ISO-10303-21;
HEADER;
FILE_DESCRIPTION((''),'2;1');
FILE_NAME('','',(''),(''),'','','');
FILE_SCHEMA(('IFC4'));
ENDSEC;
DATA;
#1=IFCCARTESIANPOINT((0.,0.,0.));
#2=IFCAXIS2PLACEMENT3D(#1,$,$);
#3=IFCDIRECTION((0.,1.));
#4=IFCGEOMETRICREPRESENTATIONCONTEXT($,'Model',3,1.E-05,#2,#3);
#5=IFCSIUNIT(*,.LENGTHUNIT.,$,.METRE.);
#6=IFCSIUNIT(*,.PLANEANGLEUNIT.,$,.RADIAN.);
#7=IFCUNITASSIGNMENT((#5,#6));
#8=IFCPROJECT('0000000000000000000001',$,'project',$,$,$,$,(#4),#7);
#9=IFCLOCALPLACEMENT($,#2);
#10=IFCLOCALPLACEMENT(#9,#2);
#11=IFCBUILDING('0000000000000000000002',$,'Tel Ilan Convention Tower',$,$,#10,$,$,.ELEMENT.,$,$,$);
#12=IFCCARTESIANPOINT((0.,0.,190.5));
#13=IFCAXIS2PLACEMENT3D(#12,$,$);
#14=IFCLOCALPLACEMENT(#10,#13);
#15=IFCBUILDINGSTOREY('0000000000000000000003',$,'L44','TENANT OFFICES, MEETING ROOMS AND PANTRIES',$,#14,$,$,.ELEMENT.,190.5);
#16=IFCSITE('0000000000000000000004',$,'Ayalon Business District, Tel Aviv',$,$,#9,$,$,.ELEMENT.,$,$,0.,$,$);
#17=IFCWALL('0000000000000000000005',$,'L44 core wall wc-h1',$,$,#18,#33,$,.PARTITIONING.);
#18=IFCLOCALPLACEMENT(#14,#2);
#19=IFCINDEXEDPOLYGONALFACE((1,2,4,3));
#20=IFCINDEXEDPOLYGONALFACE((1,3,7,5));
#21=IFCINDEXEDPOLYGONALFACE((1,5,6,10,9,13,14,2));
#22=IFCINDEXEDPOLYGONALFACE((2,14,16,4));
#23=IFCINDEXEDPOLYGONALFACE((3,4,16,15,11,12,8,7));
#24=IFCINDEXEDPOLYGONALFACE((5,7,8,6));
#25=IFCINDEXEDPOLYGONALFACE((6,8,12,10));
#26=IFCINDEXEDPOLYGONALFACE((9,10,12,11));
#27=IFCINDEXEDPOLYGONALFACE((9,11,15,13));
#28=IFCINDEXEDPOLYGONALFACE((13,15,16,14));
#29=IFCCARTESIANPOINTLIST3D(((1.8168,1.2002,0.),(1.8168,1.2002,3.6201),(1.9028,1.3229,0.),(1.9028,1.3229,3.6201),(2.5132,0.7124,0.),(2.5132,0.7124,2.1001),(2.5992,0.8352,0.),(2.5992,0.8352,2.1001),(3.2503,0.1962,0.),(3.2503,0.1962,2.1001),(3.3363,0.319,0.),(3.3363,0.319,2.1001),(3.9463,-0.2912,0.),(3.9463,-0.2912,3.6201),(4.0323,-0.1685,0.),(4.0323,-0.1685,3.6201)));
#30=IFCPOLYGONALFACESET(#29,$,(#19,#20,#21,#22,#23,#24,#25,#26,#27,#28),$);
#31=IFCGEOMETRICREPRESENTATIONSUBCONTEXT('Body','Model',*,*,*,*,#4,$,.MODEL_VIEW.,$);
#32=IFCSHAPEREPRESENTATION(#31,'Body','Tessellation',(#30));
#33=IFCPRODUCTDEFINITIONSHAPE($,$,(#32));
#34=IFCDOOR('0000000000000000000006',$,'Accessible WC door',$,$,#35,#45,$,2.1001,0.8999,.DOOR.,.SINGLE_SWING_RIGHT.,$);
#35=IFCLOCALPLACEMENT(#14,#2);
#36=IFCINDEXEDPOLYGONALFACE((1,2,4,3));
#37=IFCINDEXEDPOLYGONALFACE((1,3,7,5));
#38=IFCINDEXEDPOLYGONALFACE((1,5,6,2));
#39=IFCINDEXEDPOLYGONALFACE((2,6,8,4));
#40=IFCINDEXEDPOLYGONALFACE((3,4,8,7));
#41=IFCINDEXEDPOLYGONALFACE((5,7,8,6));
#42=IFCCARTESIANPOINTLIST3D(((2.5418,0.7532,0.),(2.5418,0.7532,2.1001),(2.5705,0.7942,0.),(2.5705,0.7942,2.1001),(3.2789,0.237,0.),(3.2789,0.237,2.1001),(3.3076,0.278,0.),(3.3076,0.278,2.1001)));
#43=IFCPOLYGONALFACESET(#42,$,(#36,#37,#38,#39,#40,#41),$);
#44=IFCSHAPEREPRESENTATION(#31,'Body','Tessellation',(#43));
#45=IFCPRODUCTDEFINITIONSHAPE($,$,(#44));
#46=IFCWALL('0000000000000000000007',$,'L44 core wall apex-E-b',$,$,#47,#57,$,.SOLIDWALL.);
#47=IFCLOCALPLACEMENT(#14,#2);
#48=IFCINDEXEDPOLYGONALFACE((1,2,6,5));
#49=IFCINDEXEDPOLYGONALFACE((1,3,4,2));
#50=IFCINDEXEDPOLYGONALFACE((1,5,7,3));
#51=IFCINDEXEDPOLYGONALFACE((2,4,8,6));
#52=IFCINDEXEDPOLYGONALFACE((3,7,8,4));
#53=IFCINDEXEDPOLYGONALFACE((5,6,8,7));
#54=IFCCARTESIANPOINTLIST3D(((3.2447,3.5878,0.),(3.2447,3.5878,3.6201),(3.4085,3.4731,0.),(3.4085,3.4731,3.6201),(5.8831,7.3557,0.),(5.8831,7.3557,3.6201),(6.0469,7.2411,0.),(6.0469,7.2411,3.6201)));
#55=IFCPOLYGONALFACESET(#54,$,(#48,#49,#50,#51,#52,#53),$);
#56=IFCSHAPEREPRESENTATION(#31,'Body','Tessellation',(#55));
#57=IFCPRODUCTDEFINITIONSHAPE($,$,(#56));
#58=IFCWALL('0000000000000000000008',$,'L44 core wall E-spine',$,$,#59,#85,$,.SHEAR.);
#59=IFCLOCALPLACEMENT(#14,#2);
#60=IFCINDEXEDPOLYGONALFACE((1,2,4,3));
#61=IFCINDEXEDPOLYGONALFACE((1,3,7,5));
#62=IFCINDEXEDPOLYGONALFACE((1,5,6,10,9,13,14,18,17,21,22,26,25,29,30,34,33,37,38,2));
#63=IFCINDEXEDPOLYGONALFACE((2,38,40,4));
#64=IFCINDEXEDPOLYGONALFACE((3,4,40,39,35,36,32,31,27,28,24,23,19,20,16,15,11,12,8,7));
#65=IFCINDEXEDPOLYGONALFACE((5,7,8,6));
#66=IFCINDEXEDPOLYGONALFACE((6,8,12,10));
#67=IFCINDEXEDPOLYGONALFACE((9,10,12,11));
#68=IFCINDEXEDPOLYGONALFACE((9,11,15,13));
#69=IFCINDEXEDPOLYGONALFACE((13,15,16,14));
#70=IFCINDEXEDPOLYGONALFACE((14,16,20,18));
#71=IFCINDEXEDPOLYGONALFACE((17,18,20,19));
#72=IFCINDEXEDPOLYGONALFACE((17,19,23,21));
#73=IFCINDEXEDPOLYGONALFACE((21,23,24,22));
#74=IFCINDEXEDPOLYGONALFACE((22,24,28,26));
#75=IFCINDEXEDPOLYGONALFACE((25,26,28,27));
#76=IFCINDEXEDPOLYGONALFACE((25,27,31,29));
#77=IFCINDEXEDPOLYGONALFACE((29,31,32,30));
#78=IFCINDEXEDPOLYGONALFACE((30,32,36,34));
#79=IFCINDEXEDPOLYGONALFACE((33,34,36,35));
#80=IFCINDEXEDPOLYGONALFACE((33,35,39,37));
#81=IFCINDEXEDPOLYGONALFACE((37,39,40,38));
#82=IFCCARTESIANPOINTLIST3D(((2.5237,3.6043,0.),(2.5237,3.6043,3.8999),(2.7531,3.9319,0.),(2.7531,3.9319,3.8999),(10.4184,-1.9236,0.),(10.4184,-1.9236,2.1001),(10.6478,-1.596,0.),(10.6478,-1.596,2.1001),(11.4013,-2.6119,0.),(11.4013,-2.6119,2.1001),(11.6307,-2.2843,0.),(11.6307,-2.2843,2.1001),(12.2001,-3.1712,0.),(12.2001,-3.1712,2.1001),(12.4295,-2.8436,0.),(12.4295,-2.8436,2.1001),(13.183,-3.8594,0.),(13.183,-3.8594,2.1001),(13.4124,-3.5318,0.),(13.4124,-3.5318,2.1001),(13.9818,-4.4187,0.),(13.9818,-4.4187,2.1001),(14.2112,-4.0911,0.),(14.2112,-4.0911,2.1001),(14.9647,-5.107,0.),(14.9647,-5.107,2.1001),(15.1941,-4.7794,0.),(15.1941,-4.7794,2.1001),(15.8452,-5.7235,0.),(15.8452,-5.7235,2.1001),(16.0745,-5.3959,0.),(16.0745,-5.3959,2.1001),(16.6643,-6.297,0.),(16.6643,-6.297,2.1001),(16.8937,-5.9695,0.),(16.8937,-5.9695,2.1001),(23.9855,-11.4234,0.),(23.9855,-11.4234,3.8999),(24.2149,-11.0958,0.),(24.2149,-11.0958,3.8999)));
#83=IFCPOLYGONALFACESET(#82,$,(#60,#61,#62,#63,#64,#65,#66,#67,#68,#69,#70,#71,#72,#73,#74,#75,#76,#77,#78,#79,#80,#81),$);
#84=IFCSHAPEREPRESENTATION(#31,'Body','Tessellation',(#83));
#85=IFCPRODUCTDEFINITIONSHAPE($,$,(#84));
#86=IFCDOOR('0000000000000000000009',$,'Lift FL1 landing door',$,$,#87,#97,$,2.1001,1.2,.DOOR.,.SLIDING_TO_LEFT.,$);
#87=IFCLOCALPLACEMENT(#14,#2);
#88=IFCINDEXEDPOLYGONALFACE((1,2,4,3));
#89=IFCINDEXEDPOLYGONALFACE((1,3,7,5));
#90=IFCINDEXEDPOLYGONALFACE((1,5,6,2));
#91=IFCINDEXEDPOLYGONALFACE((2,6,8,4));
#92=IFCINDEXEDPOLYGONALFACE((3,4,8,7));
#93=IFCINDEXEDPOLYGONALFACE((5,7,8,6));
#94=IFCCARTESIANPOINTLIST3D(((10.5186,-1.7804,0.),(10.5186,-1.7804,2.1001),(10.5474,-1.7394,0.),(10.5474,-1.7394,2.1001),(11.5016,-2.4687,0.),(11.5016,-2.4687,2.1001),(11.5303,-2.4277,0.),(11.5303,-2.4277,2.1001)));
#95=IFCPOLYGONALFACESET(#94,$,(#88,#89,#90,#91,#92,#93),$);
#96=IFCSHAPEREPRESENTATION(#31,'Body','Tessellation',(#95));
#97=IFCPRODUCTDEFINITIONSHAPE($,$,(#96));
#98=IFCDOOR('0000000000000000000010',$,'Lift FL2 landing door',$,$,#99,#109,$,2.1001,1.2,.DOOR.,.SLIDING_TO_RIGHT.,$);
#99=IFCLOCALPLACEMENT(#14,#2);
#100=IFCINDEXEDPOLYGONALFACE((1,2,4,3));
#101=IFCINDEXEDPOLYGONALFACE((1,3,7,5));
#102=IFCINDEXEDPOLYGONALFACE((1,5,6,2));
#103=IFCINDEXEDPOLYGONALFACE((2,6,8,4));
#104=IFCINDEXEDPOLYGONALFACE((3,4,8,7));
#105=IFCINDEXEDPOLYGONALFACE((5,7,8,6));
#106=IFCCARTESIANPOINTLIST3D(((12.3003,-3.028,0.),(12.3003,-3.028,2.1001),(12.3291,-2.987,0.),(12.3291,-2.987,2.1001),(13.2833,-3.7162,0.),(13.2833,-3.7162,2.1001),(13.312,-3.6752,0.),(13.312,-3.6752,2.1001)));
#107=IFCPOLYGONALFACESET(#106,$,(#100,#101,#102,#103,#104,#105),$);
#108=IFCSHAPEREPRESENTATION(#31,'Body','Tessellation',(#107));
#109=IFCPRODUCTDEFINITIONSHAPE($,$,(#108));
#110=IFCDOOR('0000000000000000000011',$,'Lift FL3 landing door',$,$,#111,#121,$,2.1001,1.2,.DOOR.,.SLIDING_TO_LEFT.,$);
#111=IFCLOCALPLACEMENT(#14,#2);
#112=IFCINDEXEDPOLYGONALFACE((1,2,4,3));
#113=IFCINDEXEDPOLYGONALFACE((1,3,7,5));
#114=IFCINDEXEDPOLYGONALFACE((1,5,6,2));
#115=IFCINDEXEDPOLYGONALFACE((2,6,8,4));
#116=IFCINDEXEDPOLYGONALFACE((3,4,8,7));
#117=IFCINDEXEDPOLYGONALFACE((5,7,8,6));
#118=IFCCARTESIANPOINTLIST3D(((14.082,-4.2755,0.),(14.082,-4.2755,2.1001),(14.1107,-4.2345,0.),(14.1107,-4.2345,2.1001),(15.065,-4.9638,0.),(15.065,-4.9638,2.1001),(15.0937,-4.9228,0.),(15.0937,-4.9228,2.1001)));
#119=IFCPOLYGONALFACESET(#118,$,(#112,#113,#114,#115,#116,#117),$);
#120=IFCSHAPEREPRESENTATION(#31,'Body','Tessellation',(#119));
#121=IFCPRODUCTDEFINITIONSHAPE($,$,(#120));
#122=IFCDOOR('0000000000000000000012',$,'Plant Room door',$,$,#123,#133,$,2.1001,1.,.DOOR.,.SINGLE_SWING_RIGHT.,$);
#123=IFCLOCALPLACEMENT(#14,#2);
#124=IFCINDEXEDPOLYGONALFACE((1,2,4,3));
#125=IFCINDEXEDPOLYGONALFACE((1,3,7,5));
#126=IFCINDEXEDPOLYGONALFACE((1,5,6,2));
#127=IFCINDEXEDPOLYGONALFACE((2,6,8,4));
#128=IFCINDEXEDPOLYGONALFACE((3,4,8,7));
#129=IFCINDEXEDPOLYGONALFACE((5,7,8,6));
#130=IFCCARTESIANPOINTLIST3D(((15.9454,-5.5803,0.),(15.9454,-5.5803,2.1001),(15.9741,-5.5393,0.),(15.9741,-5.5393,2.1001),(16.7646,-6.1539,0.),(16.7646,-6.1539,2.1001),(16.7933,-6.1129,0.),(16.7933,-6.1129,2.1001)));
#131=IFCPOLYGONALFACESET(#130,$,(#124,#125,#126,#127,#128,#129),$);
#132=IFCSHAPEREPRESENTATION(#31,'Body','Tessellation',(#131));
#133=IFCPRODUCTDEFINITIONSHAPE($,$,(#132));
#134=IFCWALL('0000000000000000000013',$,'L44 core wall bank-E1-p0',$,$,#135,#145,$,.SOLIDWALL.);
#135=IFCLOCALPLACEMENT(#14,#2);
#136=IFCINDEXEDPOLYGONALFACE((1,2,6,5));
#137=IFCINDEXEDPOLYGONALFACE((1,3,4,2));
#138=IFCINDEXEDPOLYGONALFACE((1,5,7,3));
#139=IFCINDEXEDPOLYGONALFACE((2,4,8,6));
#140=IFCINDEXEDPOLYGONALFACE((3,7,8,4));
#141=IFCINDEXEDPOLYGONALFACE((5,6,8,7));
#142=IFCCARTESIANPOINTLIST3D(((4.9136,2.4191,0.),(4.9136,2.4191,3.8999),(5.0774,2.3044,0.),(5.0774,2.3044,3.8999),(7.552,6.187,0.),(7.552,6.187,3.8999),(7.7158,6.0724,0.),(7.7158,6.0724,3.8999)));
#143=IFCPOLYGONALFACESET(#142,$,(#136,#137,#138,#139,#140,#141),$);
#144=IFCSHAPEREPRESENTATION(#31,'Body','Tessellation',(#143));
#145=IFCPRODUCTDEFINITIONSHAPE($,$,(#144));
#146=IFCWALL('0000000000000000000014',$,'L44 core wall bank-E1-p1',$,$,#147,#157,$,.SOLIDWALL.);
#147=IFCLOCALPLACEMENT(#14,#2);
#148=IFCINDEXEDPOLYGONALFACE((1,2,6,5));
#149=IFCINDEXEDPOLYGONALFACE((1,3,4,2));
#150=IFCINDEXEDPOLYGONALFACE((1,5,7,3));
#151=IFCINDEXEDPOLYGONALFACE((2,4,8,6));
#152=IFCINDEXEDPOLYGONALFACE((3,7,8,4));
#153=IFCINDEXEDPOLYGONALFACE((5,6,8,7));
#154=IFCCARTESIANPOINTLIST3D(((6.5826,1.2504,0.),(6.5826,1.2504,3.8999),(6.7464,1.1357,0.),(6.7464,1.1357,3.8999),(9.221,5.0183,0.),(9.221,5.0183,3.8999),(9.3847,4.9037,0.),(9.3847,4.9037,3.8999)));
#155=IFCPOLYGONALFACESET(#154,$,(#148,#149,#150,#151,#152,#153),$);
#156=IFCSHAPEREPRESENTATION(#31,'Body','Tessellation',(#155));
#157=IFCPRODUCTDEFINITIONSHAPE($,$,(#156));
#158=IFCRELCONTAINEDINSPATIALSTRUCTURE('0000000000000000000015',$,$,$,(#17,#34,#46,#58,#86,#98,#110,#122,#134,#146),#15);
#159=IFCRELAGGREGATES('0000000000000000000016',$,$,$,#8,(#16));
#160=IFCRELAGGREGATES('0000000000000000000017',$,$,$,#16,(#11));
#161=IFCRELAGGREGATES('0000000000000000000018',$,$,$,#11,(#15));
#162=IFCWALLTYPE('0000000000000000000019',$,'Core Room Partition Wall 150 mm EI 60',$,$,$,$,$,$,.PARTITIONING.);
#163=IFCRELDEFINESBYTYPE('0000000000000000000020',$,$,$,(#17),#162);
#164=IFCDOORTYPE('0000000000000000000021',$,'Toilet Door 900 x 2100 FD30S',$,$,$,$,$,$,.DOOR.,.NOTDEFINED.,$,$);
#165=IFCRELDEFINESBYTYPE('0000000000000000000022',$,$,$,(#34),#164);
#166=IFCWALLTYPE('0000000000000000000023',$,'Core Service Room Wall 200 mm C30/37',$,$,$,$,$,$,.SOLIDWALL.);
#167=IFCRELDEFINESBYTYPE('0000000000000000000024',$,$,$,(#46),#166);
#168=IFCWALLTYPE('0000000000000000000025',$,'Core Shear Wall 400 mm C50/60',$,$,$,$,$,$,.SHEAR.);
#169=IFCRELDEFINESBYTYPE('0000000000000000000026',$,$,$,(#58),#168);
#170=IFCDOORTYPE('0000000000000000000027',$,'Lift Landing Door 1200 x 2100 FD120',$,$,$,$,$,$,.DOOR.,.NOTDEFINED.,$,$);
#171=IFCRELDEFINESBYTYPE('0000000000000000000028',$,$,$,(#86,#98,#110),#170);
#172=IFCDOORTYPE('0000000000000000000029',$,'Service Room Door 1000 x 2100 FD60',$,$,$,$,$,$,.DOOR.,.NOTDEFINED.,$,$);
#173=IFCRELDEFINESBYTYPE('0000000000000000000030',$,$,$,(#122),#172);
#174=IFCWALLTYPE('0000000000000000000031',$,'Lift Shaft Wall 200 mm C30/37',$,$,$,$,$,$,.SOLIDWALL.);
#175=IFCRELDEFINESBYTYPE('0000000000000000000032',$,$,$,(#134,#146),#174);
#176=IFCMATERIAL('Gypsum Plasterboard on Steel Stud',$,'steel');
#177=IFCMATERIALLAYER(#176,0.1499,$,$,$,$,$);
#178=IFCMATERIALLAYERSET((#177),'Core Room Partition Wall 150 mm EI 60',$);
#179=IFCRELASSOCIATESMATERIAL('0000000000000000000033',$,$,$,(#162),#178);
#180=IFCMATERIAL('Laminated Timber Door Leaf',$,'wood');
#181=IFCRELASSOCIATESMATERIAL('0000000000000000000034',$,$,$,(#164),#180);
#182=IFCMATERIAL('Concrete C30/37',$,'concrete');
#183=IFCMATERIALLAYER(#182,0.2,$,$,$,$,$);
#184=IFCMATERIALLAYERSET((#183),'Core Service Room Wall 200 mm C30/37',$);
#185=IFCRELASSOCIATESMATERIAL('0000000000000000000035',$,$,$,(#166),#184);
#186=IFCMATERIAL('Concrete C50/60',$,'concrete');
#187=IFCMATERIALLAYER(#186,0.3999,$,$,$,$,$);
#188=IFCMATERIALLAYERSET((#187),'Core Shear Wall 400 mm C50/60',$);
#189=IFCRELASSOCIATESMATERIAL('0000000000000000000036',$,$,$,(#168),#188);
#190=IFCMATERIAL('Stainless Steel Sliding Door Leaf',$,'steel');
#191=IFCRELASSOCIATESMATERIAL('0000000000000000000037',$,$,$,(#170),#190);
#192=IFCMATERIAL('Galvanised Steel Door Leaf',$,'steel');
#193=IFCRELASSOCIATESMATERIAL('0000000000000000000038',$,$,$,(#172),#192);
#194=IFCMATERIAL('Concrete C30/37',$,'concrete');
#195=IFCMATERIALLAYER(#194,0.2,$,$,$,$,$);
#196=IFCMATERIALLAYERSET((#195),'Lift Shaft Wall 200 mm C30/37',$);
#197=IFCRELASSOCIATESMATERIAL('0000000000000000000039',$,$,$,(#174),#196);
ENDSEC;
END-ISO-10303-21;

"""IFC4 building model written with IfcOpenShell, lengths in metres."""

from ifc_helpers import new_model, si_unit, direction, frame, frame_2d, origin, place, context, subcontext, project, spatial, polyline, rectangle, outline, extrude, material, layer, layer_set, type_object, element, fill, save


model = new_model("IFC4")

# Units and contexts
model_context = context("Model", 3, precision=1e-05, world=origin(), true_north=direction((0.0, 1.0)))
body_context = subcontext(model_context, "Body", "Model", "MODEL_VIEW")
ifc_project = project(units=[si_unit("LENGTHUNIT", "METRE"), si_unit("PLANEANGLEUNIT", "RADIAN")], contexts=[model_context])

# Site, building, storey
site_placement = place(None, origin())
site = spatial("IfcSite", under=ifc_project, at=site_placement, Name="Ayalon Business District, Tel Aviv", CompositionType="ELEMENT", RefElevation=0.0)
building_placement = place(site_placement, origin())
building = spatial("IfcBuilding", under=site, at=building_placement, Name="Tel Ilan Convention Tower", CompositionType="ELEMENT")
storey_placement = place(building_placement, frame((0.0, 0.0, 190.5)))
storey = spatial("IfcBuildingStorey", under=building, at=storey_placement, Name="L44", Description="TENANT OFFICES, MEETING ROOMS AND PANTRIES", CompositionType="ELEMENT", Elevation=190.5)

# Wall, opening, door
ifc_material_1 = material(Name="Gypsum Plasterboard on Steel Stud", Category="steel")
ifc_layer_1 = layer(ifc_material_1, 0.1499)
ifc_layer_set_1 = layer_set([ifc_layer_1], Name="Core Room Partition Wall 150 mm EI 60")
wall_type_1 = type_object("IfcWallType", Name="Core Room Partition Wall 150 mm EI 60", PredefinedType="PARTITIONING", material=ifc_layer_set_1)
wall_1_placement = place(storey_placement, frame((1.8599, 1.2615, 0.0), z_axis=(0.0, 0.0, 1.0), x_axis=(0.819104, -0.573645, 0.0)))
wall_1 = element("IfcWall", 1, at=wall_1_placement, inside=storey, type_object=wall_type_1, Name="L44 core wall wc-h1", PredefinedType="PARTITIONING", context=body_context, shape_type="SweptSolid", body=[
    extrude(rectangle(XDim=2.5999, YDim=0.1499, at=frame_2d((1.2998, 0.0))), origin(), (0.0, 0.0, 1.0), 3.6201),
])
opening_1_placement = place(wall_1_placement, frame((0.8501, 0.0, 0.0)))
opening_1 = element("IfcOpeningElement", 2, at=opening_1_placement, cuts=wall_1, PredefinedType="OPENING", context=body_context, shape_type="SweptSolid", body=[
    extrude(rectangle(XDim=0.8999, YDim=2.1001, at=frame_2d((0.45, 1.05))), frame((0.0, 0.085, 0.0), z_axis=(0.0, -1.0, 0.0), x_axis=(1.0, 0.0, 0.0)), (0.0, 0.0, 1.0), 0.1699),
])
ifc_material_2 = material(Name="Laminated Timber Door Leaf", Category="wood")
door_type_1 = type_object("IfcDoorType", Name="Toilet Door 900 x 2100 FD30S", OperationType="NOTDEFINED", PredefinedType="DOOR", material=ifc_material_2)
door_1_placement = place(opening_1_placement, origin())
door_1 = element("IfcDoor", 3, at=door_1_placement, inside=storey, type_object=door_type_1, Name="Accessible WC door", OperationType="SINGLE_SWING_RIGHT", OverallHeight=2.1001, OverallWidth=0.8999, PredefinedType="DOOR", context=body_context, shape_type="SweptSolid", body=[
    extrude(rectangle(XDim=0.8999, YDim=2.1001, at=frame_2d((0.45, 1.05))), frame((0.0, 0.0249, 0.0), z_axis=(0.0, -1.0, 0.0), x_axis=(1.0, 0.0, 0.0)), (0.0, 0.0, 1.0), 0.05),
])
fill(opening_1, door_1)

# Wall
ifc_material_3 = material(Name="Concrete C30/37", Category="concrete")
ifc_layer_2 = layer(ifc_material_3, 0.2)
ifc_layer_set_2 = layer_set([ifc_layer_2], Name="Core Service Room Wall 200 mm C30/37")
wall_type_2 = type_object("IfcWallType", Name="Core Service Room Wall 200 mm C30/37", PredefinedType="SOLIDWALL", material=ifc_layer_set_2)
wall_2_placement = place(storey_placement, frame((3.3267, 3.5305, 0.0), z_axis=(0.0, 0.0, 1.0), x_axis=(0.573576, 0.819152, 0.0)))
element("IfcWall", 4, at=wall_2_placement, inside=storey, type_object=wall_type_2, Name="L44 core wall apex-E-b", PredefinedType="SOLIDWALL", context=body_context, shape_type="SweptSolid", body=[
    extrude(rectangle(XDim=4.5999, YDim=0.2, at=frame_2d((2.2998, 0.0))), origin(), (0.0, 0.0, 1.0), 3.6201),
])

# Wall, openings, doors
ifc_material_4 = material(Name="Concrete C50/60", Category="concrete")
ifc_layer_3 = layer(ifc_material_4, 0.3999)
ifc_layer_set_3 = layer_set([ifc_layer_3], Name="Core Shear Wall 400 mm C50/60")
wall_type_3 = type_object("IfcWallType", Name="Core Shear Wall 400 mm C50/60", PredefinedType="SHEAR", material=ifc_layer_set_3)
wall_3_placement = place(storey_placement, frame((2.6384, 3.7681, 0.0), z_axis=(0.0, 0.0, 1.0), x_axis=(0.819153, -0.573576, 0.0)))
wall_3 = element("IfcWall", 5, at=wall_3_placement, inside=storey, type_object=wall_type_3, Name="L44 core wall E-spine", PredefinedType="SHEAR", context=body_context, shape_type="SweptSolid", body=[
    extrude(outline(polyline([(0.0, 0.2), (0.0, -0.2), (26.2, -0.2), (26.2, 0.2), (0.0, 0.2)])), origin(), (0.0, 0.0, 1.0), 3.8999),
])
opening_2_placement = place(wall_3_placement, frame((9.6375, 0.0, 0.0)))
opening_2 = element("IfcOpeningElement", 6, at=opening_2_placement, cuts=wall_3, PredefinedType="OPENING", context=body_context, shape_type="SweptSolid", body=[
    extrude(rectangle(XDim=1.2, YDim=2.1001, at=frame_2d((0.6001, 1.05))), frame((0.0, 0.21, 0.0), z_axis=(0.0, -1.0, 0.0), x_axis=(1.0, 0.0, 0.0)), (0.0, 0.0, 1.0), 0.4199),
])
opening_3_placement = place(wall_3_placement, frame((11.8125, 0.0, 0.0)))
opening_3 = element("IfcOpeningElement", 7, at=opening_3_placement, cuts=wall_3, PredefinedType="OPENING", context=body_context, shape_type="SweptSolid", body=[
    extrude(rectangle(XDim=1.2, YDim=2.1001, at=frame_2d((0.6001, 1.05))), frame((0.0, 0.21, 0.0), z_axis=(0.0, -1.0, 0.0), x_axis=(1.0, 0.0, 0.0)), (0.0, 0.0, 1.0), 0.4199),
])
opening_4_placement = place(wall_3_placement, frame((13.9875, 0.0, 0.0)))
opening_4 = element("IfcOpeningElement", 8, at=opening_4_placement, cuts=wall_3, PredefinedType="OPENING", context=body_context, shape_type="SweptSolid", body=[
    extrude(rectangle(XDim=1.2, YDim=2.1001, at=frame_2d((0.6001, 1.05))), frame((0.0, 0.21, 0.0), z_axis=(0.0, -1.0, 0.0), x_axis=(1.0, 0.0, 0.0)), (0.0, 0.0, 1.0), 0.4199),
])
opening_5_placement = place(wall_3_placement, frame((16.2625, 0.0, 0.0)))
opening_5 = element("IfcOpeningElement", 9, at=opening_5_placement, cuts=wall_3, PredefinedType="OPENING", context=body_context, shape_type="SweptSolid", body=[
    extrude(rectangle(XDim=1.0, YDim=2.1001, at=frame_2d((0.5, 1.05))), frame((0.0, 0.21, 0.0), z_axis=(0.0, -1.0, 0.0), x_axis=(1.0, 0.0, 0.0)), (0.0, 0.0, 1.0), 0.4199),
])
ifc_material_5 = material(Name="Stainless Steel Sliding Door Leaf", Category="steel")
door_type_2 = type_object("IfcDoorType", Name="Lift Landing Door 1200 x 2100 FD120", OperationType="NOTDEFINED", PredefinedType="DOOR", material=ifc_material_5)
door_2_placement = place(opening_2_placement, origin())
door_2 = element("IfcDoor", 10, at=door_2_placement, inside=storey, type_object=door_type_2, Name="Lift FL1 landing door", OperationType="SLIDING_TO_LEFT", OverallHeight=2.1001, OverallWidth=1.2, PredefinedType="DOOR", context=body_context, shape_type="SweptSolid", body=[
    extrude(rectangle(XDim=1.2, YDim=2.1001, at=frame_2d((0.6001, 1.05))), frame((0.0, 0.0249, 0.0), z_axis=(0.0, -1.0, 0.0), x_axis=(1.0, 0.0, 0.0)), (0.0, 0.0, 1.0), 0.05),
])
fill(opening_2, door_2)
door_3_placement = place(opening_3_placement, origin())
door_3 = element("IfcDoor", 11, at=door_3_placement, inside=storey, type_object=door_type_2, Name="Lift FL2 landing door", OperationType="SLIDING_TO_RIGHT", OverallHeight=2.1001, OverallWidth=1.2, PredefinedType="DOOR", context=body_context, shape_type="SweptSolid", body=[
    extrude(rectangle(XDim=1.2, YDim=2.1001, at=frame_2d((0.6001, 1.05))), frame((0.0, 0.0249, 0.0), z_axis=(0.0, -1.0, 0.0), x_axis=(1.0, 0.0, 0.0)), (0.0, 0.0, 1.0), 0.05),
])
fill(opening_3, door_3)
door_4_placement = place(opening_4_placement, origin())
door_4 = element("IfcDoor", 12, at=door_4_placement, inside=storey, type_object=door_type_2, Name="Lift FL3 landing door", OperationType="SLIDING_TO_LEFT", OverallHeight=2.1001, OverallWidth=1.2, PredefinedType="DOOR", context=body_context, shape_type="SweptSolid", body=[
    extrude(rectangle(XDim=1.2, YDim=2.1001, at=frame_2d((0.6001, 1.05))), frame((0.0, 0.0249, 0.0), z_axis=(0.0, -1.0, 0.0), x_axis=(1.0, 0.0, 0.0)), (0.0, 0.0, 1.0), 0.05),
])
fill(opening_4, door_4)
ifc_material_6 = material(Name="Galvanised Steel Door Leaf", Category="steel")
door_type_3 = type_object("IfcDoorType", Name="Service Room Door 1000 x 2100 FD60", OperationType="NOTDEFINED", PredefinedType="DOOR", material=ifc_material_6)
door_5_placement = place(opening_5_placement, origin())
door_5 = element("IfcDoor", 13, at=door_5_placement, inside=storey, type_object=door_type_3, Name="Plant Room door", OperationType="SINGLE_SWING_RIGHT", OverallHeight=2.1001, OverallWidth=1.0, PredefinedType="DOOR", context=body_context, shape_type="SweptSolid", body=[
    extrude(rectangle(XDim=1.0, YDim=2.1001, at=frame_2d((0.5, 1.05))), frame((0.0, 0.0249, 0.0), z_axis=(0.0, -1.0, 0.0), x_axis=(1.0, 0.0, 0.0)), (0.0, 0.0, 1.0), 0.05),
])
fill(opening_5, door_5)

# Walls
ifc_material_7 = material(Name="Concrete C30/37", Category="concrete")
ifc_layer_4 = layer(ifc_material_7, 0.2)
ifc_layer_set_4 = layer_set([ifc_layer_4], Name="Lift Shaft Wall 200 mm C30/37")
wall_type_4 = type_object("IfcWallType", Name="Lift Shaft Wall 200 mm C30/37", PredefinedType="SOLIDWALL", material=ifc_layer_set_4)
for number, where, z_axis, x_axis, name in (
    (14, (4.9956, 2.3618, 0.0), (0.0, 0.0, 1.0), (0.573576, 0.819152, 0.0), "L44 core wall bank-E1-p0"),
    (15, (6.6646, 1.1931, 0.0), (0.0, 0.0, 1.0), (0.573576, 0.819152, 0.0), "L44 core wall bank-E1-p1"),
):
    element("IfcWall", number, at=place(storey_placement, frame(where, z_axis=z_axis, x_axis=x_axis)), inside=storey, type_object=wall_type_4, Name=name, PredefinedType="SOLIDWALL", context=body_context, shape_type="SweptSolid", body=[
        extrude(rectangle(XDim=4.5999, YDim=0.2, at=frame_2d((2.2998, 0.0))), origin(), (0.0, 0.0, 1.0), 3.8999),
    ])

save(model, "model.ifc")
